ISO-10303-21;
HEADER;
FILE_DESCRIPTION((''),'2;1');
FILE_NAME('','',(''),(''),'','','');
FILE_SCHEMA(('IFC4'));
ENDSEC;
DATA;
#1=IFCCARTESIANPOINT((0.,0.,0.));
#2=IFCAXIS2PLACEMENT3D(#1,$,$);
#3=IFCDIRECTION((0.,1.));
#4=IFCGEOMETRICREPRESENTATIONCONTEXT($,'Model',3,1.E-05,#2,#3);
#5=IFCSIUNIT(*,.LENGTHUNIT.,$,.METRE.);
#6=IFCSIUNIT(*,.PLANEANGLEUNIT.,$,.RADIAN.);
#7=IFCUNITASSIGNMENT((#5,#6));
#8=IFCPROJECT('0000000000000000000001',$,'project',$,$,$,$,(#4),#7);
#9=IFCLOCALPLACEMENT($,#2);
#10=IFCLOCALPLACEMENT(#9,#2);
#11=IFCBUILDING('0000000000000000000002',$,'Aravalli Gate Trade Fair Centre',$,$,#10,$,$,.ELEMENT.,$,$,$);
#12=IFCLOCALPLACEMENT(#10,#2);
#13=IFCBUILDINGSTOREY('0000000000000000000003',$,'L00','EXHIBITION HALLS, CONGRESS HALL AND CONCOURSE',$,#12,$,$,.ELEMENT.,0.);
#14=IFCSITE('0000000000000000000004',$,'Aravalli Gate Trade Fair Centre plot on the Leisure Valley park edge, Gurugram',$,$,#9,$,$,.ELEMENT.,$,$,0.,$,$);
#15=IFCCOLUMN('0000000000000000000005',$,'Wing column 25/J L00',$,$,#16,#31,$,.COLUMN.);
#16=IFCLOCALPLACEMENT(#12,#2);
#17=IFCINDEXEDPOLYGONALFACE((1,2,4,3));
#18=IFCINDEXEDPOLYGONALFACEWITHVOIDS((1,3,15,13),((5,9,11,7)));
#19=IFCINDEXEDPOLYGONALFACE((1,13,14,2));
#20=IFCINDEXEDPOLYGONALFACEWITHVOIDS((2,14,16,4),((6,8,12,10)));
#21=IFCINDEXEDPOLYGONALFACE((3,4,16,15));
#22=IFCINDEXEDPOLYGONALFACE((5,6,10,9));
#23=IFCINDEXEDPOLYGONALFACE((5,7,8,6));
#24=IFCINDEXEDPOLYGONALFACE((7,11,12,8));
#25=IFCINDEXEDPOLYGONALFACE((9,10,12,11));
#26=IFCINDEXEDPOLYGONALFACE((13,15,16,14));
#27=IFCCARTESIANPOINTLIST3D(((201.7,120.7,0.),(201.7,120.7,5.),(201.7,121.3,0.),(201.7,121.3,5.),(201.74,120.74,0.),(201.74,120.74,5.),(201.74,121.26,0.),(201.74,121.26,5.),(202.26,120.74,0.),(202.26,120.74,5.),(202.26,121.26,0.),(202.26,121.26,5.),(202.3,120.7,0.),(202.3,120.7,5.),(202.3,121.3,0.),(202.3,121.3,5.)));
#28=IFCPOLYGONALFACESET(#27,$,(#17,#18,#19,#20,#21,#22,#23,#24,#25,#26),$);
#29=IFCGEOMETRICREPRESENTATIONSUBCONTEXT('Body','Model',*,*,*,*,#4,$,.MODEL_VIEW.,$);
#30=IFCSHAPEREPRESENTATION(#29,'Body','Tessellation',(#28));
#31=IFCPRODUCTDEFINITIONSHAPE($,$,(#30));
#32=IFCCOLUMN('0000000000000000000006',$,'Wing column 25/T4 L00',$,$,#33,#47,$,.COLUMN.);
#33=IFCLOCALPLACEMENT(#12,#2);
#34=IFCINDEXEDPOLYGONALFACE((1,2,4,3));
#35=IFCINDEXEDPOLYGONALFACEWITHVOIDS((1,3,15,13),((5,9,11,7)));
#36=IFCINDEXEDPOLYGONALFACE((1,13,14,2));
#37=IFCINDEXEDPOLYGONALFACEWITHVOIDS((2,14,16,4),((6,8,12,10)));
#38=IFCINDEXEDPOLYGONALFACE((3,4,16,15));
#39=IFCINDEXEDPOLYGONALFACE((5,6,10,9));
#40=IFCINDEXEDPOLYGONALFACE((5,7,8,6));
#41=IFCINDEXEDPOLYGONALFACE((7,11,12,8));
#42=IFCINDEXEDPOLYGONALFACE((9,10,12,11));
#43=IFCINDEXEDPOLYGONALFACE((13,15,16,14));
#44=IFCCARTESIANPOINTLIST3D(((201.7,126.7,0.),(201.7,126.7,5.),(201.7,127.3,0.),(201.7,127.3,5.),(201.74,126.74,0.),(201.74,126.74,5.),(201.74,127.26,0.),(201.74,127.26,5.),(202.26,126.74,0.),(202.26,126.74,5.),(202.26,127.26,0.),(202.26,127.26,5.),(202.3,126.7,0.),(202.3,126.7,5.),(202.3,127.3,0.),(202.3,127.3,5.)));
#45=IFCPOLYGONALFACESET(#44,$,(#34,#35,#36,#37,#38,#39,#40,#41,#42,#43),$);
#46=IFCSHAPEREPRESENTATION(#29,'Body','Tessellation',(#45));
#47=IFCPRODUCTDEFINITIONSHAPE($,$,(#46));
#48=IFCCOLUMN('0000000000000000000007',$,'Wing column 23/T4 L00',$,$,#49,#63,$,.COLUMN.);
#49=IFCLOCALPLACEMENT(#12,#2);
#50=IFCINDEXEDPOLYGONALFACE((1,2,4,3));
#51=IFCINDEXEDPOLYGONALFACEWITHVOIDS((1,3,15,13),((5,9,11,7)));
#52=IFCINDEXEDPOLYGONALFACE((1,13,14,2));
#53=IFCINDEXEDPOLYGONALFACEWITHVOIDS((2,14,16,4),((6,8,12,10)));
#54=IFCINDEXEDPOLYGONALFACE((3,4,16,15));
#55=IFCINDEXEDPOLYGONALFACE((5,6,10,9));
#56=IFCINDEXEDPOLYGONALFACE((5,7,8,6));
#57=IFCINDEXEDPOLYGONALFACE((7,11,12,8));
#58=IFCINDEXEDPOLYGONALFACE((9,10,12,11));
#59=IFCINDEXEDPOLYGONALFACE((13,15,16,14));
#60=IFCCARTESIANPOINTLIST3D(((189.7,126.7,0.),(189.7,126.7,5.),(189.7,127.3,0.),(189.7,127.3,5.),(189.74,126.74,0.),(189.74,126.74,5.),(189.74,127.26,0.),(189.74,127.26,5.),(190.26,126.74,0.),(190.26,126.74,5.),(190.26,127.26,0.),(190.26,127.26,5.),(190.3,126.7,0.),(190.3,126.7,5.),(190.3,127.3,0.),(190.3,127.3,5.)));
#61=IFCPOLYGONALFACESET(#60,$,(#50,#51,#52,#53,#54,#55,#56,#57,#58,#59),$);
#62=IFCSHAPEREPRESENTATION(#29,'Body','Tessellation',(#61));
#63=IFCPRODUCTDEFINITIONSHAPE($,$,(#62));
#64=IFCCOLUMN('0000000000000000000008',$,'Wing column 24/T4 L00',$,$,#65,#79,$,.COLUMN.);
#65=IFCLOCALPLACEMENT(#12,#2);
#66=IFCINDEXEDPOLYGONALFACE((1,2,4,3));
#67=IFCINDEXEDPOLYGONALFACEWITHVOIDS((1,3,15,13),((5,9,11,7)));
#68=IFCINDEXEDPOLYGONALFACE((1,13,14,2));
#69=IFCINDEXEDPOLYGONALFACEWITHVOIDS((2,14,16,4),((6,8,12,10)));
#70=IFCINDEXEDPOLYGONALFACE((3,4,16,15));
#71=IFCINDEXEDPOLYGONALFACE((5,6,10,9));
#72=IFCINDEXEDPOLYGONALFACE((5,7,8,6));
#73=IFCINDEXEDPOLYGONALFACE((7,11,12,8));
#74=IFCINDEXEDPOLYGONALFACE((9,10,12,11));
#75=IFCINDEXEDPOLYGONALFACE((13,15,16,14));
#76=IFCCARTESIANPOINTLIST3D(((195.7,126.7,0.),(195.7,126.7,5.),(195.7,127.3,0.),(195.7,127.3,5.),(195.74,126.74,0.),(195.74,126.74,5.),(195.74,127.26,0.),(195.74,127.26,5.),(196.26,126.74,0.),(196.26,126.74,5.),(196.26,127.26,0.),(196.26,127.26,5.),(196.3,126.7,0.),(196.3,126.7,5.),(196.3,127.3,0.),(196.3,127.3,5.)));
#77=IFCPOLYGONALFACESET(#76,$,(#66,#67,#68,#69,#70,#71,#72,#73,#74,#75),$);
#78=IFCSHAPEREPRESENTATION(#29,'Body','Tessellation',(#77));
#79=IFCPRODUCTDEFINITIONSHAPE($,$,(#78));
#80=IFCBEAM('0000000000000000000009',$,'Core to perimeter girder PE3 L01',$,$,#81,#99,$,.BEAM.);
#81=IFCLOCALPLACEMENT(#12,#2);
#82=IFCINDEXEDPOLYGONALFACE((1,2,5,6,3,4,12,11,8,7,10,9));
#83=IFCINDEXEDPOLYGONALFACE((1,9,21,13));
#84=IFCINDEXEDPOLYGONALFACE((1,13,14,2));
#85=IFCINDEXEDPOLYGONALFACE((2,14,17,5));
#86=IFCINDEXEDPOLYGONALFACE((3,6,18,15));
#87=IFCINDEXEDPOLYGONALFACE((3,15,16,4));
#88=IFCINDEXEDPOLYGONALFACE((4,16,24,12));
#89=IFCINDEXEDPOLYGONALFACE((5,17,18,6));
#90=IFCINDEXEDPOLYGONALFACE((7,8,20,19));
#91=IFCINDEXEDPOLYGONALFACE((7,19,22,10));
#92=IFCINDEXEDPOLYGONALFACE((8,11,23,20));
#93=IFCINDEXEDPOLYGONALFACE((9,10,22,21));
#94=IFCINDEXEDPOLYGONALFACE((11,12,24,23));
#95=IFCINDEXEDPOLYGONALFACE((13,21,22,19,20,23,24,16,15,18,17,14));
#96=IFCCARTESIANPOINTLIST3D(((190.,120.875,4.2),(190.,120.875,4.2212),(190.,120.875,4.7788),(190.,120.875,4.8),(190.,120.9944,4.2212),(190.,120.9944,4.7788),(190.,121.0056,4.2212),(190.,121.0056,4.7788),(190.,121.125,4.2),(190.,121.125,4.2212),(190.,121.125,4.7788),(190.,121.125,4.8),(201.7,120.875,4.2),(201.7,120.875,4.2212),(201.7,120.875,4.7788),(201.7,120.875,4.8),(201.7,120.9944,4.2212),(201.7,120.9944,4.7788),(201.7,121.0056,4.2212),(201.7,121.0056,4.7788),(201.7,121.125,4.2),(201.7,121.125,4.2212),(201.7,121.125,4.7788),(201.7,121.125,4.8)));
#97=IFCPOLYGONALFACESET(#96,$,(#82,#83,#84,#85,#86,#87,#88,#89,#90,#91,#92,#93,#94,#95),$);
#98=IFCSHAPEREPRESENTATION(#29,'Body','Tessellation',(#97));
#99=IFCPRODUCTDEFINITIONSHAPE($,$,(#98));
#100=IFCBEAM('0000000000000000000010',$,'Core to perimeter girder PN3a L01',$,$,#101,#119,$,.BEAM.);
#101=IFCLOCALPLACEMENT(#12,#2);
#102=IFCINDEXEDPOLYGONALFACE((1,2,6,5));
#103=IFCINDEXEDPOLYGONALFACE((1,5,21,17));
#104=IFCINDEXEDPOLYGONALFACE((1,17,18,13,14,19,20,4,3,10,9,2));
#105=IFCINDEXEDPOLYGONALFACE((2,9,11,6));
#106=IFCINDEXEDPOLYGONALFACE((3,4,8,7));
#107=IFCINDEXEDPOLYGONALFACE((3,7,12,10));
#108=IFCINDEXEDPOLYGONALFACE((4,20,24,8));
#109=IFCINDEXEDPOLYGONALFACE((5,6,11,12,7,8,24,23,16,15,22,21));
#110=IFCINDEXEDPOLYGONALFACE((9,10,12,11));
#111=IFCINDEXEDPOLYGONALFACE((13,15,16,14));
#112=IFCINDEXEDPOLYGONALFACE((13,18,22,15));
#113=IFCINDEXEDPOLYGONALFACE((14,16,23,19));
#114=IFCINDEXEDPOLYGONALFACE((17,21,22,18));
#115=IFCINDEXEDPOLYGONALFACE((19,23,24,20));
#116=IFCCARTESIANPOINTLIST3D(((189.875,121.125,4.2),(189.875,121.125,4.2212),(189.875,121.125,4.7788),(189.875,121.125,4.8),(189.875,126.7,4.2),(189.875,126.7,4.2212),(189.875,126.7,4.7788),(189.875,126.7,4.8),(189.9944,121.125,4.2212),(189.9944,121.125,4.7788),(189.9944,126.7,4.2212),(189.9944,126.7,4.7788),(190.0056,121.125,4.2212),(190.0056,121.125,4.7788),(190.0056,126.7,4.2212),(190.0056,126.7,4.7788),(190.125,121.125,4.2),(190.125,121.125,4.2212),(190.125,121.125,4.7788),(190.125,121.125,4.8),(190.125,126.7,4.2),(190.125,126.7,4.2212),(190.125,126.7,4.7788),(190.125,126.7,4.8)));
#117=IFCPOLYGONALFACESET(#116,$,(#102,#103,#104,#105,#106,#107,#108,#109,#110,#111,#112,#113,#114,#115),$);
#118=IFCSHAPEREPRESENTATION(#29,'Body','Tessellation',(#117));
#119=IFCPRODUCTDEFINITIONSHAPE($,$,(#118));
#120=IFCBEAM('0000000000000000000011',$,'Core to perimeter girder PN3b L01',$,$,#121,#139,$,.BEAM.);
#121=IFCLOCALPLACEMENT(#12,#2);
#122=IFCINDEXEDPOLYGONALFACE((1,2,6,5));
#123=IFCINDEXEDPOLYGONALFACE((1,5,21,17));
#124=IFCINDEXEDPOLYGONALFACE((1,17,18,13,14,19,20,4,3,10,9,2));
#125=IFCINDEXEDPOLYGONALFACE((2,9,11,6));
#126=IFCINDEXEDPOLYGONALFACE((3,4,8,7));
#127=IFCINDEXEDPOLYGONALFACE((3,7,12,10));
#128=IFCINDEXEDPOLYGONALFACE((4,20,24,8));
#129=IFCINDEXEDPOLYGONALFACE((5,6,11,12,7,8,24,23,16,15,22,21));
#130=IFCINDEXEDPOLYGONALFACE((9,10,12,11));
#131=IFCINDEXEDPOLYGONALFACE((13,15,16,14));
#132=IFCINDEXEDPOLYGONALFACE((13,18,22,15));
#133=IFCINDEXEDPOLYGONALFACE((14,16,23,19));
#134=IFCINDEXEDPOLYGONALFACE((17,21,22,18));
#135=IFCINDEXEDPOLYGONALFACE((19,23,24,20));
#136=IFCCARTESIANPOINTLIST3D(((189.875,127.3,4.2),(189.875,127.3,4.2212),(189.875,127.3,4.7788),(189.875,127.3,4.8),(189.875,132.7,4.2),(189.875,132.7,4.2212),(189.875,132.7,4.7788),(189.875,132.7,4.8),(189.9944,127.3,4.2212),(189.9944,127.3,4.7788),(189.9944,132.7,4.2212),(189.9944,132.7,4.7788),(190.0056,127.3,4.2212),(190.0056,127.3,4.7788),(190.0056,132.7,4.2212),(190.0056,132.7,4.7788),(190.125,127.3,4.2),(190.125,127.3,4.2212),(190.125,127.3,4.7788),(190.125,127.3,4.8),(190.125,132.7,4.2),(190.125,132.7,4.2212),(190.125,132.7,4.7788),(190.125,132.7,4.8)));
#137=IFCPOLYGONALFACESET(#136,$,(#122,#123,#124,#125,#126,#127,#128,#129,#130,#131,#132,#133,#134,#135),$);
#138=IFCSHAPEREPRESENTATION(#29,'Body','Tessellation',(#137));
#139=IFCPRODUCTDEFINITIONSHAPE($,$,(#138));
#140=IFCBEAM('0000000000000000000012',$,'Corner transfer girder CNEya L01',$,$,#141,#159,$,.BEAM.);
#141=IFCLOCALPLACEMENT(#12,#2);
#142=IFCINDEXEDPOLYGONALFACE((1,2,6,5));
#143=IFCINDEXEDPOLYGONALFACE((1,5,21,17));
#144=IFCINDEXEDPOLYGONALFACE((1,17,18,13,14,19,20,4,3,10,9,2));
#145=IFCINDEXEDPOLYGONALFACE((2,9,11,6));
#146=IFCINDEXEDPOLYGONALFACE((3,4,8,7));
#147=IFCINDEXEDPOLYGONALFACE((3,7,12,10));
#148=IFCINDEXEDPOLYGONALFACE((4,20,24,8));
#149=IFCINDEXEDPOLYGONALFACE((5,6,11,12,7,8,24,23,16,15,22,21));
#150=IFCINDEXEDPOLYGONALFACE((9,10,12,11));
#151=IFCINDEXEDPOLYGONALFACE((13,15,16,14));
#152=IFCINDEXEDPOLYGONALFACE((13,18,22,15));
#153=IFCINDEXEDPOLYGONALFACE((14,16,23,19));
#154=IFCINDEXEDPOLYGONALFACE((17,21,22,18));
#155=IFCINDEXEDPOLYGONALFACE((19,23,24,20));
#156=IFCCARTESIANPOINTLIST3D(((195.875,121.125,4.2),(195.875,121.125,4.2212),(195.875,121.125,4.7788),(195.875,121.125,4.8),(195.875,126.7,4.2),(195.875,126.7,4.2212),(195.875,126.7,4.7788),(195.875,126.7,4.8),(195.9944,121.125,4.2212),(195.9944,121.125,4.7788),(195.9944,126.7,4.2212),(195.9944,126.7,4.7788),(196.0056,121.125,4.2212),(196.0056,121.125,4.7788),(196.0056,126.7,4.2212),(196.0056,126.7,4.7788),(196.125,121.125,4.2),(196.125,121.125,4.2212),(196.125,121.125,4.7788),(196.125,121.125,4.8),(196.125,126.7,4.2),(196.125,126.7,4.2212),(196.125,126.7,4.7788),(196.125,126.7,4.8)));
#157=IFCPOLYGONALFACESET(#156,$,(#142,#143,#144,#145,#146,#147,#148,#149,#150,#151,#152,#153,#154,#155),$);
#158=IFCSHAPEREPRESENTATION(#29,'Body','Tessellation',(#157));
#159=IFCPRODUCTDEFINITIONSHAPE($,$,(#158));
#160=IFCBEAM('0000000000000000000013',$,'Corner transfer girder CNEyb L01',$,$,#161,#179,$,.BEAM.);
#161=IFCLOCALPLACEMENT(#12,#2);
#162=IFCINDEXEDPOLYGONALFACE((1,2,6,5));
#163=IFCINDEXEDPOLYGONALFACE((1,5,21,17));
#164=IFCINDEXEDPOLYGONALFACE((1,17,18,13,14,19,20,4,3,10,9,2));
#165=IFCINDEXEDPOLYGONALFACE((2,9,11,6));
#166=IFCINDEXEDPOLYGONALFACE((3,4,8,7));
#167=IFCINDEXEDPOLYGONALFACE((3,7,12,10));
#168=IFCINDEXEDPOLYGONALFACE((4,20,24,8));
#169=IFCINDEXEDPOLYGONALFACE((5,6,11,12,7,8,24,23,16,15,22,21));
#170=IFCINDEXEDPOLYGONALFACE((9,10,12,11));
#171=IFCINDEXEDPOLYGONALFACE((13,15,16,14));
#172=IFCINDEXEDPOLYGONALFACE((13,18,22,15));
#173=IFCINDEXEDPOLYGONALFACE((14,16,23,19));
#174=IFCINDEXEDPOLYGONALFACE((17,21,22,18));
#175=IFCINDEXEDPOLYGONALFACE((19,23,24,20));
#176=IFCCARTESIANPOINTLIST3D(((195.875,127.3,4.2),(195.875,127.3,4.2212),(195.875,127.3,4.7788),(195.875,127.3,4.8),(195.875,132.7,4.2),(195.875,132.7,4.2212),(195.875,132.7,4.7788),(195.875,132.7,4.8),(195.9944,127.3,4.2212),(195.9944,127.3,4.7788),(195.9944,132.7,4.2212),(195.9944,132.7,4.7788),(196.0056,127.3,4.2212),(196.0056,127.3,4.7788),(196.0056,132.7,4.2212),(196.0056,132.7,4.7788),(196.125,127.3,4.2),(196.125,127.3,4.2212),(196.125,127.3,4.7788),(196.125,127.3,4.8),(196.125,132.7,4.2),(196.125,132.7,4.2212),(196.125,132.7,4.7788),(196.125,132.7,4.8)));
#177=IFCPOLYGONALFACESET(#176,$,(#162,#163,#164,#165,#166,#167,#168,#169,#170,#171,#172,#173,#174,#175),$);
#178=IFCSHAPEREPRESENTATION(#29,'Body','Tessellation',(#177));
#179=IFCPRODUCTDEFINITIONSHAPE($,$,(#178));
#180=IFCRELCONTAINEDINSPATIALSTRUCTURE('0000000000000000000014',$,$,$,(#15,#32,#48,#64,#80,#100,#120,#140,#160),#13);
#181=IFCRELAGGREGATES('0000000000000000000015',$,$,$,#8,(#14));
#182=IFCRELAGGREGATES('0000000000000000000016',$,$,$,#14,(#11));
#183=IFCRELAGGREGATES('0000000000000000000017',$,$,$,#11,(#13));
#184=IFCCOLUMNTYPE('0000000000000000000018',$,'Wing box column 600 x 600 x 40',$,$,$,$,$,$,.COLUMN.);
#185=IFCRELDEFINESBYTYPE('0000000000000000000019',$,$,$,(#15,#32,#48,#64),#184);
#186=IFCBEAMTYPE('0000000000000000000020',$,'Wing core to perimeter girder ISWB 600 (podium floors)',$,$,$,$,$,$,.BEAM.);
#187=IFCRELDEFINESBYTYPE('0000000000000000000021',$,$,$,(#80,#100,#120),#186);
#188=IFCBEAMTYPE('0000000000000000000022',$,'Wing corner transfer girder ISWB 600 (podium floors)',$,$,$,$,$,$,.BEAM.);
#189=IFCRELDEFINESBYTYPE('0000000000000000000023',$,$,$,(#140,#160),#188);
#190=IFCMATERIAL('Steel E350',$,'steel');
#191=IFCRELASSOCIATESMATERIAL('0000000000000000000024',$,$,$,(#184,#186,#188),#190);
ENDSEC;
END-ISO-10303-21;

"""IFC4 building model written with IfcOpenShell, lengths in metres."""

from ifc_helpers import new_model, si_unit, direction, frame, origin, origin_2d, place, context, subcontext, project, spatial, hollow_rectangle, i_section, extrude, material, material_profile, profile_set, type_object, element, save


model = new_model("IFC4")

# Units and contexts
model_context = context("Model", 3, precision=1e-05, world=origin(), true_north=direction((0.0, 1.0)))
body_context = subcontext(model_context, "Body", "Model", "MODEL_VIEW")
ifc_project = project(units=[si_unit("LENGTHUNIT", "METRE"), si_unit("PLANEANGLEUNIT", "RADIAN")], contexts=[model_context])

# Site, building, storey
site_placement = place(None, origin())
site = spatial("IfcSite", under=ifc_project, at=site_placement, Name="Aravalli Gate Trade Fair Centre plot on the Leisure Valley park edge, Gurugram", CompositionType="ELEMENT", RefElevation=0.0)
building_placement = place(site_placement, origin())
building = spatial("IfcBuilding", under=site, at=building_placement, Name="Aravalli Gate Trade Fair Centre", CompositionType="ELEMENT")
storey_placement = place(building_placement, origin())
storey = spatial("IfcBuildingStorey", under=building, at=storey_placement, Name="L00", Description="EXHIBITION HALLS, CONGRESS HALL AND CONCOURSE", CompositionType="ELEMENT", Elevation=0.0)

# Columns
ifc_material_1 = material(Name="Steel E350", Category="steel")
ifc_material_profile_1 = material_profile(ifc_material_1, hollow_rectangle(XDim=0.6001, YDim=0.6001, WallThickness=0.04, at=origin_2d()), Name="BOX 600x600x40")
ifc_profile_set_1 = profile_set([ifc_material_profile_1], Name="Steel E350")
column_type = type_object("IfcColumnType", Name="Wing box column 600 x 600 x 40", PredefinedType="COLUMN", material=ifc_profile_set_1)
for number, where, z_axis, x_axis, name in (
    (1, (202.0, 121.0, 0.0), (0.0, 0.0, 1.0), (1.0, 0.0, 0.0), "Wing column 25/J L00"),
    (2, (202.0, 127.0, 0.0), (0.0, 0.0, 1.0), (1.0, 0.0, 0.0), "Wing column 25/T4 L00"),
    (3, (190.0, 127.0, 0.0), (0.0, 0.0, 1.0), (1.0, 0.0, 0.0), "Wing column 23/T4 L00"),
    (4, (196.0, 127.0, 0.0), (0.0, 0.0, 1.0), (1.0, 0.0, 0.0), "Wing column 24/T4 L00"),
):
    element("IfcColumn", number, at=place(storey_placement, frame(where, z_axis=z_axis, x_axis=x_axis)), inside=storey, type_object=column_type, Name=name, PredefinedType="COLUMN", context=body_context, shape_type="SweptSolid", body=[
        extrude(hollow_rectangle(XDim=0.6001, YDim=0.6001, WallThickness=0.04, at=origin_2d()), origin(), (0.0, 0.0, 1.0), 5.0),
    ])

# Beams
ifc_material_profile_2 = material_profile(ifc_material_1, i_section(OverallWidth=0.25, OverallDepth=0.6001, WebThickness=0.0112, FlangeThickness=0.0212, at=origin_2d()), Name="ISWB 600")
ifc_profile_set_2 = profile_set([ifc_material_profile_2], Name="Steel E350")
beam_type_1 = type_object("IfcBeamType", Name="Wing core to perimeter girder ISWB 600 (podium floors)", PredefinedType="BEAM", material=ifc_profile_set_2)
beam_1_placement = place(storey_placement, frame((190.0, 121.0, 4.5), z_axis=(1.0, 0.0, 0.0), x_axis=(0.0, 1.0, 0.0)))
element("IfcBeam", 5, at=beam_1_placement, inside=storey, type_object=beam_type_1, Name="Core to perimeter girder PE3 L01", PredefinedType="BEAM", context=body_context, shape_type="SweptSolid", body=[
    extrude(i_section(OverallWidth=0.25, OverallDepth=0.6001, WebThickness=0.0112, FlangeThickness=0.0212, at=origin_2d()), origin(), (0.0, 0.0, 1.0), 11.7),
])
beam_2_placement = place(storey_placement, frame((190.0, 121.125, 4.5), z_axis=(0.0, 1.0, 0.0), x_axis=(-1.0, 0.0, 0.0)))
element("IfcBeam", 6, at=beam_2_placement, inside=storey, type_object=beam_type_1, Name="Core to perimeter girder PN3a L01", PredefinedType="BEAM", context=body_context, shape_type="SweptSolid", body=[
    extrude(i_section(OverallWidth=0.25, OverallDepth=0.6001, WebThickness=0.0112, FlangeThickness=0.0212, at=origin_2d()), origin(), (0.0, 0.0, 1.0), 5.575),
])
beam_3_placement = place(storey_placement, frame((190.0, 127.3, 4.5), z_axis=(0.0, 1.0, 0.0), x_axis=(-1.0, 0.0, 0.0)))
element("IfcBeam", 7, at=beam_3_placement, inside=storey, type_object=beam_type_1, Name="Core to perimeter girder PN3b L01", PredefinedType="BEAM", context=body_context, shape_type="SweptSolid", body=[
    extrude(i_section(OverallWidth=0.25, OverallDepth=0.6001, WebThickness=0.0112, FlangeThickness=0.0212, at=origin_2d()), origin(), (0.0, 0.0, 1.0), 5.3999),
])
ifc_material_profile_3 = material_profile(ifc_material_1, i_section(OverallWidth=0.25, OverallDepth=0.6001, WebThickness=0.0112, FlangeThickness=0.0212, at=origin_2d()), Name="ISWB 600")
ifc_profile_set_3 = profile_set([ifc_material_profile_3], Name="Steel E350")
beam_type_2 = type_object("IfcBeamType", Name="Wing corner transfer girder ISWB 600 (podium floors)", PredefinedType="BEAM", material=ifc_profile_set_3)
beam_4_placement = place(storey_placement, frame((196.0, 121.125, 4.5), z_axis=(0.0, 1.0, 0.0), x_axis=(-1.0, 0.0, 0.0)))
element("IfcBeam", 8, at=beam_4_placement, inside=storey, type_object=beam_type_2, Name="Corner transfer girder CNEya L01", PredefinedType="BEAM", context=body_context, shape_type="SweptSolid", body=[
    extrude(i_section(OverallWidth=0.25, OverallDepth=0.6001, WebThickness=0.0112, FlangeThickness=0.0212, at=origin_2d()), origin(), (0.0, 0.0, 1.0), 5.575),
])
beam_5_placement = place(storey_placement, frame((196.0, 127.3, 4.5), z_axis=(0.0, 1.0, 0.0), x_axis=(-1.0, 0.0, 0.0)))
element("IfcBeam", 9, at=beam_5_placement, inside=storey, type_object=beam_type_2, Name="Corner transfer girder CNEyb L01", PredefinedType="BEAM", context=body_context, shape_type="SweptSolid", body=[
    extrude(i_section(OverallWidth=0.25, OverallDepth=0.6001, WebThickness=0.0112, FlangeThickness=0.0212, at=origin_2d()), origin(), (0.0, 0.0, 1.0), 5.3999),
])

save(model, "model.ifc")
